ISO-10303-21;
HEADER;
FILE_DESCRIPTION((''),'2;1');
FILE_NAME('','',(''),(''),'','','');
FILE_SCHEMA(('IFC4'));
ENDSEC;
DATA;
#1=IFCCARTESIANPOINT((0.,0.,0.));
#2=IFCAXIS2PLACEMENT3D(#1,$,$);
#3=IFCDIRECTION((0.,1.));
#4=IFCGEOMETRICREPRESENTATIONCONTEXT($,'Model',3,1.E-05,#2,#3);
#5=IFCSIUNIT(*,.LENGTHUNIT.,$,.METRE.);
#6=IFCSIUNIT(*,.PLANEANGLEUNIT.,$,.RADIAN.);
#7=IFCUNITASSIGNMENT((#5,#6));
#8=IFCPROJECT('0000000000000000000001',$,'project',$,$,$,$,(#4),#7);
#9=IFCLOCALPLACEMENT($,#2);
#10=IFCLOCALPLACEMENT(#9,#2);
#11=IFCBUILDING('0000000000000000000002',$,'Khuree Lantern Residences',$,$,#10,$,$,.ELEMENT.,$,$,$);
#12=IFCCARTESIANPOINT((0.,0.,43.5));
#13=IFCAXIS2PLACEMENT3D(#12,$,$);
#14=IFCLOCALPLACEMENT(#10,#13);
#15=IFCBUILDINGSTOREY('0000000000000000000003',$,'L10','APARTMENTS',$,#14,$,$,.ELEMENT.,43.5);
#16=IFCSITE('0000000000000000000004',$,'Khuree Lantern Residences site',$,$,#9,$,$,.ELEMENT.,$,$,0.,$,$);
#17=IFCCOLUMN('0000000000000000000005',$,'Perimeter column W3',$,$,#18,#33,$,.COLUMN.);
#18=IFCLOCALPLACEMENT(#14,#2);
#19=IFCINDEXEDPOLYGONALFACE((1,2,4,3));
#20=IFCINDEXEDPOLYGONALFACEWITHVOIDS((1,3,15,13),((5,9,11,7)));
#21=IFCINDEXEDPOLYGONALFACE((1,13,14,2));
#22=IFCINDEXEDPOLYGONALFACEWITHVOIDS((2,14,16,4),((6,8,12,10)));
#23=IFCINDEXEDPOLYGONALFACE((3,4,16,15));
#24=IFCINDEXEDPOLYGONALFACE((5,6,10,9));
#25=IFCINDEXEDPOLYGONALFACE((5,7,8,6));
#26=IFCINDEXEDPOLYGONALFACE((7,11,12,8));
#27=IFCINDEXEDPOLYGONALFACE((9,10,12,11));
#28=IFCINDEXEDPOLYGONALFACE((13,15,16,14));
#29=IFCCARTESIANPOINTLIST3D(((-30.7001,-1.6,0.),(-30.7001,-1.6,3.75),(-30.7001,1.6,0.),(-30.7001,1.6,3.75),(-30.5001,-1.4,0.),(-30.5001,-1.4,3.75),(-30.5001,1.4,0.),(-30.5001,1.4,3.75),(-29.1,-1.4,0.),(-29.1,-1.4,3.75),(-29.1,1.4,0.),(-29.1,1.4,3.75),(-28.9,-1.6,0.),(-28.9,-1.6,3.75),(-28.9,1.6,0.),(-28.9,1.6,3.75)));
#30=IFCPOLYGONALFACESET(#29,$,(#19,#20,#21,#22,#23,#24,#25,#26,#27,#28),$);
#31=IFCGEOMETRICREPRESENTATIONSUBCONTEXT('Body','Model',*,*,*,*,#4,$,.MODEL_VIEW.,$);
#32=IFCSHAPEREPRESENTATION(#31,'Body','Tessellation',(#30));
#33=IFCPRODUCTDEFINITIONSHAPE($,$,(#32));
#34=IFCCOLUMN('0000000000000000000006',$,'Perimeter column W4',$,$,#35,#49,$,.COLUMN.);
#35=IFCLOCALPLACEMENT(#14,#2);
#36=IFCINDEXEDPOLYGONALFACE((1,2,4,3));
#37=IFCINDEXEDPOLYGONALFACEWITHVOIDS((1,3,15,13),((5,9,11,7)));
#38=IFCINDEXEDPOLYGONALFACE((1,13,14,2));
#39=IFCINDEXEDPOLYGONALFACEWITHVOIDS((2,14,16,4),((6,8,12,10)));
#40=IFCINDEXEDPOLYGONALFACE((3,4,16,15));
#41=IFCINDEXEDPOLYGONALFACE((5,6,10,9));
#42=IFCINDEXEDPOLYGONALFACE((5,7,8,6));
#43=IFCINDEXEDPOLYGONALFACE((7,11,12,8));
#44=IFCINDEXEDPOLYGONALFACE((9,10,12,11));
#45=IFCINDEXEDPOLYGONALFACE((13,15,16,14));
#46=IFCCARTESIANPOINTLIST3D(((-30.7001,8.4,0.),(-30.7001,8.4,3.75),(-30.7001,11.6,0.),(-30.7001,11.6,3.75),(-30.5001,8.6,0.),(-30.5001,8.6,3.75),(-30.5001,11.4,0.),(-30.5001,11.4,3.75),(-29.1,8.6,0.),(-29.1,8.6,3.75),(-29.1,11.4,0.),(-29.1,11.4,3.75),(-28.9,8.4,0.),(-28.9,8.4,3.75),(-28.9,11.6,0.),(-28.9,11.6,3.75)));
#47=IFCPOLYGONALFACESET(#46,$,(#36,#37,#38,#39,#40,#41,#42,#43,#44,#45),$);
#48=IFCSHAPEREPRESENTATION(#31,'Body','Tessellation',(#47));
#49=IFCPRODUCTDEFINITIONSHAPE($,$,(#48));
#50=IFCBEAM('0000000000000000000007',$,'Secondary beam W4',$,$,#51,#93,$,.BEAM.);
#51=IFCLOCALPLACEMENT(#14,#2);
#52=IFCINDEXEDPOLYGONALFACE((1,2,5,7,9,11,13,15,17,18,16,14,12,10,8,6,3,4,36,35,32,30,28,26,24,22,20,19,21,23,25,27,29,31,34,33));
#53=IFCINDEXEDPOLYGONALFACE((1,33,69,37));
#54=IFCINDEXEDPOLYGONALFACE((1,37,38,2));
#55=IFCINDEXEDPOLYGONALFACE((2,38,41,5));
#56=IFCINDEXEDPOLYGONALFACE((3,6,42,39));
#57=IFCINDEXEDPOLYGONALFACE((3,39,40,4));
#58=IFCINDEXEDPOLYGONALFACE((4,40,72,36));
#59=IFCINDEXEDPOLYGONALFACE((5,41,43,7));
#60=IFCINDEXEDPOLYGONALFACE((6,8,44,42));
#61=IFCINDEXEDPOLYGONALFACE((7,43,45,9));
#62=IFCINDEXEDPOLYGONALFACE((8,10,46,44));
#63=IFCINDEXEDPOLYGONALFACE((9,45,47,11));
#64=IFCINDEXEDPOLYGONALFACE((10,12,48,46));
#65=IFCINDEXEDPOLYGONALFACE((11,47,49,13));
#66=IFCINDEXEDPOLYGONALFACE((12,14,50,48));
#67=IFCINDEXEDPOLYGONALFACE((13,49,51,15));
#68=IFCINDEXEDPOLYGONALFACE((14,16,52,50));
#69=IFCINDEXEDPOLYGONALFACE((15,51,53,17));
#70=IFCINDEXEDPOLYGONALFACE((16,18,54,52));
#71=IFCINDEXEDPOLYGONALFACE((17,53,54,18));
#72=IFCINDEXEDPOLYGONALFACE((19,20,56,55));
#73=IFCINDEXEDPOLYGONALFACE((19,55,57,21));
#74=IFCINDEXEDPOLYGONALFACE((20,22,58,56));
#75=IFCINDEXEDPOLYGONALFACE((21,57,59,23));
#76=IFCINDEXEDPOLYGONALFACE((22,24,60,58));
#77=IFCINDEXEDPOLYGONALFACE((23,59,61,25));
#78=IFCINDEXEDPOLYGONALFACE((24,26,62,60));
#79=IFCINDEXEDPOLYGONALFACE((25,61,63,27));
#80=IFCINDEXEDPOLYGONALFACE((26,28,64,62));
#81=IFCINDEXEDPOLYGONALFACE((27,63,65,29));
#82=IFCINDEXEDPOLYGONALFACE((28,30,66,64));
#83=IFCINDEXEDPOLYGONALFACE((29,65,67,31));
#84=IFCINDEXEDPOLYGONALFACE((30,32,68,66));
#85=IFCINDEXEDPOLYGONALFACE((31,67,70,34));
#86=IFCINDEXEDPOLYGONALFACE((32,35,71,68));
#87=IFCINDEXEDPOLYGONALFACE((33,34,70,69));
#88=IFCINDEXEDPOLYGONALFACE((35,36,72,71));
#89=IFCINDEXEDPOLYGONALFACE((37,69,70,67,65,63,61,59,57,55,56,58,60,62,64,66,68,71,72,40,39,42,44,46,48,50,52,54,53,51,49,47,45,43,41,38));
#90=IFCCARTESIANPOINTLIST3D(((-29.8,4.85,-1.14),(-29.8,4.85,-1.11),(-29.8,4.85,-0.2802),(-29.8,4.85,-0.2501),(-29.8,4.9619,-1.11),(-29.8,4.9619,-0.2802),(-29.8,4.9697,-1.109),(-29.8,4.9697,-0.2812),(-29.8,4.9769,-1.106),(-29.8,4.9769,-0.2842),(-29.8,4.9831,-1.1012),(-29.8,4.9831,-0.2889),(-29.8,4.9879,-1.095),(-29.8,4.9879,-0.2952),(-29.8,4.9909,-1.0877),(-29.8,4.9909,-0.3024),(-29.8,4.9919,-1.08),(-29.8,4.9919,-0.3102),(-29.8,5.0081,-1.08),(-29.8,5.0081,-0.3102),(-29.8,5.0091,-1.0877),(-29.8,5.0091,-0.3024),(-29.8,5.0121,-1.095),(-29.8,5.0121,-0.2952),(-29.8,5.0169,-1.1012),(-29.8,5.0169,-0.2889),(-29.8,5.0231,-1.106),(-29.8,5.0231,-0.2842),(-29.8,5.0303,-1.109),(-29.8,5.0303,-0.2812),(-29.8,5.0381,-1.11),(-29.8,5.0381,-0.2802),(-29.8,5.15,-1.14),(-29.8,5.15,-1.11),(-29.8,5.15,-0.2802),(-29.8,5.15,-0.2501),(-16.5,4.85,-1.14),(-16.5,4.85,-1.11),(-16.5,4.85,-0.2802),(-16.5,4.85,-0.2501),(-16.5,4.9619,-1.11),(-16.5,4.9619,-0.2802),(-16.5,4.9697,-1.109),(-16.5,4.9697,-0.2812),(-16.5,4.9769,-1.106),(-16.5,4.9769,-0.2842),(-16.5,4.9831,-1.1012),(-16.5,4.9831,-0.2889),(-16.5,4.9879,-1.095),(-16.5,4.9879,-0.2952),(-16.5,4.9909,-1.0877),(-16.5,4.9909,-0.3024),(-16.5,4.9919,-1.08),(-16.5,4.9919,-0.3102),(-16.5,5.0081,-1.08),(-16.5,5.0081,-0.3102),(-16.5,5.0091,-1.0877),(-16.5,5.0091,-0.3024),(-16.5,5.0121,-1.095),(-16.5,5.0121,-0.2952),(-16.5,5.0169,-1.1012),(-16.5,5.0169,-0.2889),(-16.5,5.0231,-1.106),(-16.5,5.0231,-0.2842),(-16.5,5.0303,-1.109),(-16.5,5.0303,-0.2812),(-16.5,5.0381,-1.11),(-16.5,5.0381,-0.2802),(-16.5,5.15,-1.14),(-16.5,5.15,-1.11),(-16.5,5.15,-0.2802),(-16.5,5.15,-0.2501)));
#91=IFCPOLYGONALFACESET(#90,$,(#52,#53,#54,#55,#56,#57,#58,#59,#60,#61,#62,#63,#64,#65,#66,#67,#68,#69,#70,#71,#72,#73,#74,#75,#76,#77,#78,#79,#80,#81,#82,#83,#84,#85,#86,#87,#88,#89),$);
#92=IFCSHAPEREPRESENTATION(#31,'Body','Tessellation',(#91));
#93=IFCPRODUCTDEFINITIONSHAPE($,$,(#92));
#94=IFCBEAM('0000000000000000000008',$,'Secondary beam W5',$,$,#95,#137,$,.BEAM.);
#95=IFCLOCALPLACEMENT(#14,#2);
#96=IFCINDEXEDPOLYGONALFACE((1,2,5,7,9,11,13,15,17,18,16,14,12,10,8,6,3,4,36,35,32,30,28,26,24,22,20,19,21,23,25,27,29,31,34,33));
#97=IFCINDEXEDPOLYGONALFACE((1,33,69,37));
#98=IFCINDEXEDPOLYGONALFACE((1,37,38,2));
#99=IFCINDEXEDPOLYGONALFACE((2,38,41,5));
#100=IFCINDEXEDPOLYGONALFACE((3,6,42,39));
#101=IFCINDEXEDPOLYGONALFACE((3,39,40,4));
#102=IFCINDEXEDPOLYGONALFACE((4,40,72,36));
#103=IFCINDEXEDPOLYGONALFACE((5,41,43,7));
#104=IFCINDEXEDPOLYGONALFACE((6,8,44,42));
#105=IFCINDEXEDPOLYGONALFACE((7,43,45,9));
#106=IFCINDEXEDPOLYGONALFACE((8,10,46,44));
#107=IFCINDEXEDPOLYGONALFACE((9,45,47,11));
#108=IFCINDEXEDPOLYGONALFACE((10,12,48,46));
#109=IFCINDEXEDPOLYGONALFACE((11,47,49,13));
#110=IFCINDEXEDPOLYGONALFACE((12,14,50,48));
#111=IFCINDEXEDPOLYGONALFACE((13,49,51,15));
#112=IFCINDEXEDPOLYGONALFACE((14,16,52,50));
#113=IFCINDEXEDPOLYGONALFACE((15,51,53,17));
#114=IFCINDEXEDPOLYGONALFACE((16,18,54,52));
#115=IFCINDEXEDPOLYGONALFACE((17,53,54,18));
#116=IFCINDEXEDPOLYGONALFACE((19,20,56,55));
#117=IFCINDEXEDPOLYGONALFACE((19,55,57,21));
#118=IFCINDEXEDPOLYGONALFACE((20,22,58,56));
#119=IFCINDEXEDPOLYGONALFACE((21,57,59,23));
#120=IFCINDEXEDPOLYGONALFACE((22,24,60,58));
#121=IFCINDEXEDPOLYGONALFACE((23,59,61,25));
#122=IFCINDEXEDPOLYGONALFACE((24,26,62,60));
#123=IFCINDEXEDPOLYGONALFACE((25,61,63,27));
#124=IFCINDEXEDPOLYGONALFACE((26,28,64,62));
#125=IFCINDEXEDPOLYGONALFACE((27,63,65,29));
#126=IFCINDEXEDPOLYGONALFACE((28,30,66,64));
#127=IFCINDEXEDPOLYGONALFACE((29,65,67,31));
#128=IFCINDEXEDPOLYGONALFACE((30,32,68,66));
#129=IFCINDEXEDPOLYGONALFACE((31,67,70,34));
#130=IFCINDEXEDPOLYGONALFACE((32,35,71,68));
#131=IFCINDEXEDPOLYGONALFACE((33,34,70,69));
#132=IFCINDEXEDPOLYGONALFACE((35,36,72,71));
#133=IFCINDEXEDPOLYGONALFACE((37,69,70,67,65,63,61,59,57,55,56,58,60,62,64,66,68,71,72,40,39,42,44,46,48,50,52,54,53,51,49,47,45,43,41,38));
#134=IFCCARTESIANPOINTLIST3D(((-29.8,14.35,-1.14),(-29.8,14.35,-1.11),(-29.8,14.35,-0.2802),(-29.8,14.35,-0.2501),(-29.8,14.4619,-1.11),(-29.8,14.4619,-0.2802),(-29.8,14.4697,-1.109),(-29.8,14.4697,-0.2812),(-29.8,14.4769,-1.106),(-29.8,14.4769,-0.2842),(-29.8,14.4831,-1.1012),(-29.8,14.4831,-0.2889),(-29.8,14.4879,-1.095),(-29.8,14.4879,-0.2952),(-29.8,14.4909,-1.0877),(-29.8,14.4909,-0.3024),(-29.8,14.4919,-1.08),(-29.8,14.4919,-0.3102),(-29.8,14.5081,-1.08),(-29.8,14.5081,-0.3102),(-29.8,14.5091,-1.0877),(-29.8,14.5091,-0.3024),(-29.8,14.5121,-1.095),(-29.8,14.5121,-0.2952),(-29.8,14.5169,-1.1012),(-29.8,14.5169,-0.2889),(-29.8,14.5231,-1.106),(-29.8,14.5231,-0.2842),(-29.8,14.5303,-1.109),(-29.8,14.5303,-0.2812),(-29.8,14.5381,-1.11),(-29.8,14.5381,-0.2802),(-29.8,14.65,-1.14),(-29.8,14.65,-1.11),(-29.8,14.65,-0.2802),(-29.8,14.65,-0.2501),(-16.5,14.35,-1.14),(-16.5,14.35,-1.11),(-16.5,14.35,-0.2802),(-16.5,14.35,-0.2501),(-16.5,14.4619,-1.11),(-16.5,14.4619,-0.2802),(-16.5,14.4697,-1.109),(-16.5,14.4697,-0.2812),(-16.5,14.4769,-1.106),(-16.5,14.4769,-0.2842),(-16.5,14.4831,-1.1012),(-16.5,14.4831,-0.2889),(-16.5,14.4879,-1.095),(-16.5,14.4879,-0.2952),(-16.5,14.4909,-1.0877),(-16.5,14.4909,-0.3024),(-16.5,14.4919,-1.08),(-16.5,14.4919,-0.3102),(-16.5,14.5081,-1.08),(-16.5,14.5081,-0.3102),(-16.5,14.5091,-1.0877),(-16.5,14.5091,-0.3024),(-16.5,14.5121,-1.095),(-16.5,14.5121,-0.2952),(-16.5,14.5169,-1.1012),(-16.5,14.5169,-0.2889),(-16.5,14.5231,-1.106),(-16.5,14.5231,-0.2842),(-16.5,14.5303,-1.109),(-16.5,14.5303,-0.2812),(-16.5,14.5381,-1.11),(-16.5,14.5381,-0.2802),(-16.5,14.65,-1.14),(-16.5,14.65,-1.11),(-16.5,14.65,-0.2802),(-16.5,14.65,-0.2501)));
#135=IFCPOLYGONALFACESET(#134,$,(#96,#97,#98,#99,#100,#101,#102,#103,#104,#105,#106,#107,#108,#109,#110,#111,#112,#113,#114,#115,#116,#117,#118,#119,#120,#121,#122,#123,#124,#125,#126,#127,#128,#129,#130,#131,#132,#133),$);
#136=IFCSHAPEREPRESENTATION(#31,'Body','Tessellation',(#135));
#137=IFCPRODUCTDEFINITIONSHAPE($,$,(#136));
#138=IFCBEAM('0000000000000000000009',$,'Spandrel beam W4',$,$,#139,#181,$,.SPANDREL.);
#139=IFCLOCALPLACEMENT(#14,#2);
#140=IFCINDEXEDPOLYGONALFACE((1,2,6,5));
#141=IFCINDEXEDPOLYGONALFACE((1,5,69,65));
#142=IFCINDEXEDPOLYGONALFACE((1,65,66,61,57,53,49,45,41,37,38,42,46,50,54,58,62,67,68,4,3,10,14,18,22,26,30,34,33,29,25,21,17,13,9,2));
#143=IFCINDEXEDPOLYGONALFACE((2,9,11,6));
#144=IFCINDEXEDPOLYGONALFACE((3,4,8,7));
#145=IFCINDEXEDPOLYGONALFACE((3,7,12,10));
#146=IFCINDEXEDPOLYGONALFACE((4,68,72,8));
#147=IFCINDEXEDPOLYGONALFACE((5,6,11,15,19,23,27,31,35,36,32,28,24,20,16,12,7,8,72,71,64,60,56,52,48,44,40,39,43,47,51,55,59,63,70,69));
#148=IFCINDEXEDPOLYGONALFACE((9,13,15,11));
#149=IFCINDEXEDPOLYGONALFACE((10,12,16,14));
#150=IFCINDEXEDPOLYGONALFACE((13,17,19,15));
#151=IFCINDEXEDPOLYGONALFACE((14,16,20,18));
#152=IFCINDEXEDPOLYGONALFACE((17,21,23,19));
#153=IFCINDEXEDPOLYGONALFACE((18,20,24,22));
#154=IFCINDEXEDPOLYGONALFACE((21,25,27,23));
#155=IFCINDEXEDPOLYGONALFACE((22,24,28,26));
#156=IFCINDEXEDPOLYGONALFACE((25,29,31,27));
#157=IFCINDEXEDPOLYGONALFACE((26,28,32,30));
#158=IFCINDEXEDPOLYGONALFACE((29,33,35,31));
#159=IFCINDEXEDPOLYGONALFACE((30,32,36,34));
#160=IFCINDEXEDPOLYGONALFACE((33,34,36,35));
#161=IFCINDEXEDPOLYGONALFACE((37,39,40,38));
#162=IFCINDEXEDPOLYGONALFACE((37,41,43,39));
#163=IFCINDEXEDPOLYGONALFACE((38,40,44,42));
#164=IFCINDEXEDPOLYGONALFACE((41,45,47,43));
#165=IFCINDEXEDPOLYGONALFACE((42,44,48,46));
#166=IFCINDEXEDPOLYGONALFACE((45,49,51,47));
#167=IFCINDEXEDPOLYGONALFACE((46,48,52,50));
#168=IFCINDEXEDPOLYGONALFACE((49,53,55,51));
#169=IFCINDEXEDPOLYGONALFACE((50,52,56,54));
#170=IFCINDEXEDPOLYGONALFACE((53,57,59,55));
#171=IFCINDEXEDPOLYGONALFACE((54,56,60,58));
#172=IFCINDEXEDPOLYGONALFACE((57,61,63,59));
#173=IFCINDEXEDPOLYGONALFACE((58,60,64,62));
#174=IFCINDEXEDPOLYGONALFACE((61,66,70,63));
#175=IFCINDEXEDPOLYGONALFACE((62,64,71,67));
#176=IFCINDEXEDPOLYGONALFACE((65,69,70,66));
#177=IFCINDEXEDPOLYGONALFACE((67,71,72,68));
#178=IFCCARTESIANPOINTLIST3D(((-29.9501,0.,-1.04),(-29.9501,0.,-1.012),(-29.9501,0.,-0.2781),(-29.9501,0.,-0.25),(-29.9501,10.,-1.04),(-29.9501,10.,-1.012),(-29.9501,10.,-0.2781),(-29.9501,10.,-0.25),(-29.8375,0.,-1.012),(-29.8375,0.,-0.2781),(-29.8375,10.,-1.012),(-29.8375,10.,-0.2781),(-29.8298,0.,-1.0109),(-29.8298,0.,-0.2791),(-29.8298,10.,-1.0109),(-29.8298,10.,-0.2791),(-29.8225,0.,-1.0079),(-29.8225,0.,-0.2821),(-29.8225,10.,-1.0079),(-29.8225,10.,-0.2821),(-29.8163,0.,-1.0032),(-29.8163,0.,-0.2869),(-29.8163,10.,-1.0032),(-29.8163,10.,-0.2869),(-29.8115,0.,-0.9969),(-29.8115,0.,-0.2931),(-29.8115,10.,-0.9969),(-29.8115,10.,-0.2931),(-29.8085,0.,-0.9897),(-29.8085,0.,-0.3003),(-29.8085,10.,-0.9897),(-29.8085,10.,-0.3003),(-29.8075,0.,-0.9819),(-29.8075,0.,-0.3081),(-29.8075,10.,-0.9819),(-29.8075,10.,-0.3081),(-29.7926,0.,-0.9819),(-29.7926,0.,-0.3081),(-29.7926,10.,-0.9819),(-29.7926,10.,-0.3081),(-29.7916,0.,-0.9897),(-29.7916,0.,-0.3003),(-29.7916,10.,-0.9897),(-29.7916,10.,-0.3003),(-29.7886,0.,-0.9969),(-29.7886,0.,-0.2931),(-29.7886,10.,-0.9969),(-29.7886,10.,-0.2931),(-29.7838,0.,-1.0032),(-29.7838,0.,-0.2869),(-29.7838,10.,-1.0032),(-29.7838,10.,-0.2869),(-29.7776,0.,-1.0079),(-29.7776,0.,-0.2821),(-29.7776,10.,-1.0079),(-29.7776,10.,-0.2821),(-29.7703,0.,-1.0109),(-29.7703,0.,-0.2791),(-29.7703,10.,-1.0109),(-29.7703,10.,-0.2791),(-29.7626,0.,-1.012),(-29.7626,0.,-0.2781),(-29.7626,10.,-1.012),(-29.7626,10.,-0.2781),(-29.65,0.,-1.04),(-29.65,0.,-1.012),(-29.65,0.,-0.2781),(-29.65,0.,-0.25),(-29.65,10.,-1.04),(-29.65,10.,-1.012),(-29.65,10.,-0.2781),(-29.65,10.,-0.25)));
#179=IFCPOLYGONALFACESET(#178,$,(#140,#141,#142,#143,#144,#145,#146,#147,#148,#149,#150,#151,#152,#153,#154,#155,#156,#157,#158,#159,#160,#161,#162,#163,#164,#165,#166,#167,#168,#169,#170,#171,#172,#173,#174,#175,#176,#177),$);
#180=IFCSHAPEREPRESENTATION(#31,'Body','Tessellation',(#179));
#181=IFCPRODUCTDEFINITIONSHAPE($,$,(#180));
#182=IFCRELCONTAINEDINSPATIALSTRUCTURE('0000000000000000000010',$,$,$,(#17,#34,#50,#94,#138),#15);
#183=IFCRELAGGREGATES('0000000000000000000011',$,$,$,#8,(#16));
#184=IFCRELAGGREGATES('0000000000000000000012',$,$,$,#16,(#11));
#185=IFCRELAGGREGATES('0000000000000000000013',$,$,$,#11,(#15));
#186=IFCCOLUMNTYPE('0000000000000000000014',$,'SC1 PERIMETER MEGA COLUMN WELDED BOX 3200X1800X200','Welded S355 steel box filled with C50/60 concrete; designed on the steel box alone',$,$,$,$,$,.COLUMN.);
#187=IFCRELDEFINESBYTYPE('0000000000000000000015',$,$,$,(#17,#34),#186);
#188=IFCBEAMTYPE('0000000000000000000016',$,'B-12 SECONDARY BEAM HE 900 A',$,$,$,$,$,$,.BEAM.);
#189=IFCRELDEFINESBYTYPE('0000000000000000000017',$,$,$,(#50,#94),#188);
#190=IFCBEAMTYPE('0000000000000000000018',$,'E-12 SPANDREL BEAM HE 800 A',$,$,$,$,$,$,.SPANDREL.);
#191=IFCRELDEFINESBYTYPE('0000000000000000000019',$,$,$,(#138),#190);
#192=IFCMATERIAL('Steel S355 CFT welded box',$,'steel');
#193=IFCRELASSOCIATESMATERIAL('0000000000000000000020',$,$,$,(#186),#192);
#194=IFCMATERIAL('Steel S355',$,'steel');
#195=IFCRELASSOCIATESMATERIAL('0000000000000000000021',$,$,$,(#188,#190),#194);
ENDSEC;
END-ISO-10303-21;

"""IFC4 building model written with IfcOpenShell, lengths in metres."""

from ifc_helpers import new_model, si_unit, direction, frame, origin, origin_2d, place, context, subcontext, project, spatial, hollow_rectangle, i_section, extrude, material, material_profile, profile_set, type_object, element, save


model = new_model("IFC4")

# Units and contexts
model_context = context("Model", 3, precision=1e-05, world=origin(), true_north=direction((0.0, 1.0)))
body_context = subcontext(model_context, "Body", "Model", "MODEL_VIEW")
ifc_project = project(units=[si_unit("LENGTHUNIT", "METRE"), si_unit("PLANEANGLEUNIT", "RADIAN")], contexts=[model_context])

# Site, building, storey
site_placement = place(None, origin())
site = spatial("IfcSite", under=ifc_project, at=site_placement, Name="Khuree Lantern Residences site", CompositionType="ELEMENT", RefElevation=0.0)
building_placement = place(site_placement, origin())
building = spatial("IfcBuilding", under=site, at=building_placement, Name="Khuree Lantern Residences", CompositionType="ELEMENT")
storey_placement = place(building_placement, frame((0.0, 0.0, 43.5)))
storey = spatial("IfcBuildingStorey", under=building, at=storey_placement, Name="L10", Description="APARTMENTS", CompositionType="ELEMENT", Elevation=43.5)

# Columns
ifc_material_1 = material(Name="Steel S355 CFT welded box", Category="steel")
ifc_material_profile_1 = material_profile(ifc_material_1, hollow_rectangle(XDim=3.2, YDim=1.8, WallThickness=0.2, at=origin_2d()), Name="WELDED BOX 3200X1800X200")
ifc_profile_set_1 = profile_set([ifc_material_profile_1], Name="Steel S355 CFT welded box")
column_type = type_object("IfcColumnType", Name="SC1 PERIMETER MEGA COLUMN WELDED BOX 3200X1800X200", Description="Welded S355 steel box filled with C50/60 concrete; designed on the steel box alone", PredefinedType="COLUMN", material=ifc_profile_set_1)
for number, where, z_axis, x_axis, name in (
    (1, (-29.8, 0.0, 0.0), (0.0, 0.0, 1.0), (0.0, 1.0, 0.0), "Perimeter column W3"),
    (2, (-29.8, 10.0, 0.0), (0.0, 0.0, 1.0), (0.0, 1.0, 0.0), "Perimeter column W4"),
):
    element("IfcColumn", number, at=place(storey_placement, frame(where, z_axis=z_axis, x_axis=x_axis)), inside=storey, type_object=column_type, Name=name, PredefinedType="COLUMN", context=body_context, shape_type="SweptSolid", body=[
        extrude(hollow_rectangle(XDim=3.2, YDim=1.8, WallThickness=0.2, at=origin_2d()), origin(), (0.0, 0.0, 1.0), 3.75),
    ])

# Beams
ifc_material_2 = material(Name="Steel S355", Category="steel")
ifc_material_profile_2 = material_profile(ifc_material_2, i_section(OverallWidth=0.3, OverallDepth=0.8899, WebThickness=0.0161, FlangeThickness=0.03, FilletRadius=0.03, at=origin_2d()), Name="HE 900 A")
ifc_profile_set_2 = profile_set([ifc_material_profile_2], Name="Steel S355")
beam_type_1 = type_object("IfcBeamType", Name="B-12 SECONDARY BEAM HE 900 A", PredefinedType="BEAM", material=ifc_profile_set_2)
for number, where, z_axis, x_axis, name in (
    (3, (-29.8, 5.0, -0.6951), (1.0, 0.0, 0.0), (0.0, 1.0, 0.0), "Secondary beam W4"),
    (4, (-29.8, 14.5, -0.6951), (1.0, 0.0, 0.0), (0.0, 1.0, 0.0), "Secondary beam W5"),
):
    element("IfcBeam", number, at=place(storey_placement, frame(where, z_axis=z_axis, x_axis=x_axis)), inside=storey, type_object=beam_type_1, Name=name, PredefinedType="BEAM", context=body_context, shape_type="SweptSolid", body=[
        extrude(i_section(OverallWidth=0.3, OverallDepth=0.8899, WebThickness=0.0161, FlangeThickness=0.03, FilletRadius=0.03, at=origin_2d()), origin(), (0.0, 0.0, 1.0), 13.3),
    ])
ifc_material_profile_3 = material_profile(ifc_material_2, i_section(OverallWidth=0.3, OverallDepth=0.79, WebThickness=0.0149, FlangeThickness=0.0281, FilletRadius=0.03, at=origin_2d()), Name="HE 800 A")
ifc_profile_set_3 = profile_set([ifc_material_profile_3], Name="Steel S355")
beam_type_2 = type_object("IfcBeamType", Name="E-12 SPANDREL BEAM HE 800 A", PredefinedType="SPANDREL", material=ifc_profile_set_3)
for number, where, z_axis, x_axis, name in (
    (5, (-29.8, 0.0, -0.645), (0.0, 1.0, 0.0), (-1.0, 0.0, 0.0), "Spandrel beam W4"),
):
    element("IfcBeam", number, at=place(storey_placement, frame(where, z_axis=z_axis, x_axis=x_axis)), inside=storey, type_object=beam_type_2, Name=name, PredefinedType="SPANDREL", context=body_context, shape_type="SweptSolid", body=[
        extrude(i_section(OverallWidth=0.3, OverallDepth=0.79, WebThickness=0.0149, FlangeThickness=0.0281, FilletRadius=0.03, at=origin_2d()), origin(), (0.0, 0.0, 1.0), 10.0),
    ])

save(model, "model.ifc")
